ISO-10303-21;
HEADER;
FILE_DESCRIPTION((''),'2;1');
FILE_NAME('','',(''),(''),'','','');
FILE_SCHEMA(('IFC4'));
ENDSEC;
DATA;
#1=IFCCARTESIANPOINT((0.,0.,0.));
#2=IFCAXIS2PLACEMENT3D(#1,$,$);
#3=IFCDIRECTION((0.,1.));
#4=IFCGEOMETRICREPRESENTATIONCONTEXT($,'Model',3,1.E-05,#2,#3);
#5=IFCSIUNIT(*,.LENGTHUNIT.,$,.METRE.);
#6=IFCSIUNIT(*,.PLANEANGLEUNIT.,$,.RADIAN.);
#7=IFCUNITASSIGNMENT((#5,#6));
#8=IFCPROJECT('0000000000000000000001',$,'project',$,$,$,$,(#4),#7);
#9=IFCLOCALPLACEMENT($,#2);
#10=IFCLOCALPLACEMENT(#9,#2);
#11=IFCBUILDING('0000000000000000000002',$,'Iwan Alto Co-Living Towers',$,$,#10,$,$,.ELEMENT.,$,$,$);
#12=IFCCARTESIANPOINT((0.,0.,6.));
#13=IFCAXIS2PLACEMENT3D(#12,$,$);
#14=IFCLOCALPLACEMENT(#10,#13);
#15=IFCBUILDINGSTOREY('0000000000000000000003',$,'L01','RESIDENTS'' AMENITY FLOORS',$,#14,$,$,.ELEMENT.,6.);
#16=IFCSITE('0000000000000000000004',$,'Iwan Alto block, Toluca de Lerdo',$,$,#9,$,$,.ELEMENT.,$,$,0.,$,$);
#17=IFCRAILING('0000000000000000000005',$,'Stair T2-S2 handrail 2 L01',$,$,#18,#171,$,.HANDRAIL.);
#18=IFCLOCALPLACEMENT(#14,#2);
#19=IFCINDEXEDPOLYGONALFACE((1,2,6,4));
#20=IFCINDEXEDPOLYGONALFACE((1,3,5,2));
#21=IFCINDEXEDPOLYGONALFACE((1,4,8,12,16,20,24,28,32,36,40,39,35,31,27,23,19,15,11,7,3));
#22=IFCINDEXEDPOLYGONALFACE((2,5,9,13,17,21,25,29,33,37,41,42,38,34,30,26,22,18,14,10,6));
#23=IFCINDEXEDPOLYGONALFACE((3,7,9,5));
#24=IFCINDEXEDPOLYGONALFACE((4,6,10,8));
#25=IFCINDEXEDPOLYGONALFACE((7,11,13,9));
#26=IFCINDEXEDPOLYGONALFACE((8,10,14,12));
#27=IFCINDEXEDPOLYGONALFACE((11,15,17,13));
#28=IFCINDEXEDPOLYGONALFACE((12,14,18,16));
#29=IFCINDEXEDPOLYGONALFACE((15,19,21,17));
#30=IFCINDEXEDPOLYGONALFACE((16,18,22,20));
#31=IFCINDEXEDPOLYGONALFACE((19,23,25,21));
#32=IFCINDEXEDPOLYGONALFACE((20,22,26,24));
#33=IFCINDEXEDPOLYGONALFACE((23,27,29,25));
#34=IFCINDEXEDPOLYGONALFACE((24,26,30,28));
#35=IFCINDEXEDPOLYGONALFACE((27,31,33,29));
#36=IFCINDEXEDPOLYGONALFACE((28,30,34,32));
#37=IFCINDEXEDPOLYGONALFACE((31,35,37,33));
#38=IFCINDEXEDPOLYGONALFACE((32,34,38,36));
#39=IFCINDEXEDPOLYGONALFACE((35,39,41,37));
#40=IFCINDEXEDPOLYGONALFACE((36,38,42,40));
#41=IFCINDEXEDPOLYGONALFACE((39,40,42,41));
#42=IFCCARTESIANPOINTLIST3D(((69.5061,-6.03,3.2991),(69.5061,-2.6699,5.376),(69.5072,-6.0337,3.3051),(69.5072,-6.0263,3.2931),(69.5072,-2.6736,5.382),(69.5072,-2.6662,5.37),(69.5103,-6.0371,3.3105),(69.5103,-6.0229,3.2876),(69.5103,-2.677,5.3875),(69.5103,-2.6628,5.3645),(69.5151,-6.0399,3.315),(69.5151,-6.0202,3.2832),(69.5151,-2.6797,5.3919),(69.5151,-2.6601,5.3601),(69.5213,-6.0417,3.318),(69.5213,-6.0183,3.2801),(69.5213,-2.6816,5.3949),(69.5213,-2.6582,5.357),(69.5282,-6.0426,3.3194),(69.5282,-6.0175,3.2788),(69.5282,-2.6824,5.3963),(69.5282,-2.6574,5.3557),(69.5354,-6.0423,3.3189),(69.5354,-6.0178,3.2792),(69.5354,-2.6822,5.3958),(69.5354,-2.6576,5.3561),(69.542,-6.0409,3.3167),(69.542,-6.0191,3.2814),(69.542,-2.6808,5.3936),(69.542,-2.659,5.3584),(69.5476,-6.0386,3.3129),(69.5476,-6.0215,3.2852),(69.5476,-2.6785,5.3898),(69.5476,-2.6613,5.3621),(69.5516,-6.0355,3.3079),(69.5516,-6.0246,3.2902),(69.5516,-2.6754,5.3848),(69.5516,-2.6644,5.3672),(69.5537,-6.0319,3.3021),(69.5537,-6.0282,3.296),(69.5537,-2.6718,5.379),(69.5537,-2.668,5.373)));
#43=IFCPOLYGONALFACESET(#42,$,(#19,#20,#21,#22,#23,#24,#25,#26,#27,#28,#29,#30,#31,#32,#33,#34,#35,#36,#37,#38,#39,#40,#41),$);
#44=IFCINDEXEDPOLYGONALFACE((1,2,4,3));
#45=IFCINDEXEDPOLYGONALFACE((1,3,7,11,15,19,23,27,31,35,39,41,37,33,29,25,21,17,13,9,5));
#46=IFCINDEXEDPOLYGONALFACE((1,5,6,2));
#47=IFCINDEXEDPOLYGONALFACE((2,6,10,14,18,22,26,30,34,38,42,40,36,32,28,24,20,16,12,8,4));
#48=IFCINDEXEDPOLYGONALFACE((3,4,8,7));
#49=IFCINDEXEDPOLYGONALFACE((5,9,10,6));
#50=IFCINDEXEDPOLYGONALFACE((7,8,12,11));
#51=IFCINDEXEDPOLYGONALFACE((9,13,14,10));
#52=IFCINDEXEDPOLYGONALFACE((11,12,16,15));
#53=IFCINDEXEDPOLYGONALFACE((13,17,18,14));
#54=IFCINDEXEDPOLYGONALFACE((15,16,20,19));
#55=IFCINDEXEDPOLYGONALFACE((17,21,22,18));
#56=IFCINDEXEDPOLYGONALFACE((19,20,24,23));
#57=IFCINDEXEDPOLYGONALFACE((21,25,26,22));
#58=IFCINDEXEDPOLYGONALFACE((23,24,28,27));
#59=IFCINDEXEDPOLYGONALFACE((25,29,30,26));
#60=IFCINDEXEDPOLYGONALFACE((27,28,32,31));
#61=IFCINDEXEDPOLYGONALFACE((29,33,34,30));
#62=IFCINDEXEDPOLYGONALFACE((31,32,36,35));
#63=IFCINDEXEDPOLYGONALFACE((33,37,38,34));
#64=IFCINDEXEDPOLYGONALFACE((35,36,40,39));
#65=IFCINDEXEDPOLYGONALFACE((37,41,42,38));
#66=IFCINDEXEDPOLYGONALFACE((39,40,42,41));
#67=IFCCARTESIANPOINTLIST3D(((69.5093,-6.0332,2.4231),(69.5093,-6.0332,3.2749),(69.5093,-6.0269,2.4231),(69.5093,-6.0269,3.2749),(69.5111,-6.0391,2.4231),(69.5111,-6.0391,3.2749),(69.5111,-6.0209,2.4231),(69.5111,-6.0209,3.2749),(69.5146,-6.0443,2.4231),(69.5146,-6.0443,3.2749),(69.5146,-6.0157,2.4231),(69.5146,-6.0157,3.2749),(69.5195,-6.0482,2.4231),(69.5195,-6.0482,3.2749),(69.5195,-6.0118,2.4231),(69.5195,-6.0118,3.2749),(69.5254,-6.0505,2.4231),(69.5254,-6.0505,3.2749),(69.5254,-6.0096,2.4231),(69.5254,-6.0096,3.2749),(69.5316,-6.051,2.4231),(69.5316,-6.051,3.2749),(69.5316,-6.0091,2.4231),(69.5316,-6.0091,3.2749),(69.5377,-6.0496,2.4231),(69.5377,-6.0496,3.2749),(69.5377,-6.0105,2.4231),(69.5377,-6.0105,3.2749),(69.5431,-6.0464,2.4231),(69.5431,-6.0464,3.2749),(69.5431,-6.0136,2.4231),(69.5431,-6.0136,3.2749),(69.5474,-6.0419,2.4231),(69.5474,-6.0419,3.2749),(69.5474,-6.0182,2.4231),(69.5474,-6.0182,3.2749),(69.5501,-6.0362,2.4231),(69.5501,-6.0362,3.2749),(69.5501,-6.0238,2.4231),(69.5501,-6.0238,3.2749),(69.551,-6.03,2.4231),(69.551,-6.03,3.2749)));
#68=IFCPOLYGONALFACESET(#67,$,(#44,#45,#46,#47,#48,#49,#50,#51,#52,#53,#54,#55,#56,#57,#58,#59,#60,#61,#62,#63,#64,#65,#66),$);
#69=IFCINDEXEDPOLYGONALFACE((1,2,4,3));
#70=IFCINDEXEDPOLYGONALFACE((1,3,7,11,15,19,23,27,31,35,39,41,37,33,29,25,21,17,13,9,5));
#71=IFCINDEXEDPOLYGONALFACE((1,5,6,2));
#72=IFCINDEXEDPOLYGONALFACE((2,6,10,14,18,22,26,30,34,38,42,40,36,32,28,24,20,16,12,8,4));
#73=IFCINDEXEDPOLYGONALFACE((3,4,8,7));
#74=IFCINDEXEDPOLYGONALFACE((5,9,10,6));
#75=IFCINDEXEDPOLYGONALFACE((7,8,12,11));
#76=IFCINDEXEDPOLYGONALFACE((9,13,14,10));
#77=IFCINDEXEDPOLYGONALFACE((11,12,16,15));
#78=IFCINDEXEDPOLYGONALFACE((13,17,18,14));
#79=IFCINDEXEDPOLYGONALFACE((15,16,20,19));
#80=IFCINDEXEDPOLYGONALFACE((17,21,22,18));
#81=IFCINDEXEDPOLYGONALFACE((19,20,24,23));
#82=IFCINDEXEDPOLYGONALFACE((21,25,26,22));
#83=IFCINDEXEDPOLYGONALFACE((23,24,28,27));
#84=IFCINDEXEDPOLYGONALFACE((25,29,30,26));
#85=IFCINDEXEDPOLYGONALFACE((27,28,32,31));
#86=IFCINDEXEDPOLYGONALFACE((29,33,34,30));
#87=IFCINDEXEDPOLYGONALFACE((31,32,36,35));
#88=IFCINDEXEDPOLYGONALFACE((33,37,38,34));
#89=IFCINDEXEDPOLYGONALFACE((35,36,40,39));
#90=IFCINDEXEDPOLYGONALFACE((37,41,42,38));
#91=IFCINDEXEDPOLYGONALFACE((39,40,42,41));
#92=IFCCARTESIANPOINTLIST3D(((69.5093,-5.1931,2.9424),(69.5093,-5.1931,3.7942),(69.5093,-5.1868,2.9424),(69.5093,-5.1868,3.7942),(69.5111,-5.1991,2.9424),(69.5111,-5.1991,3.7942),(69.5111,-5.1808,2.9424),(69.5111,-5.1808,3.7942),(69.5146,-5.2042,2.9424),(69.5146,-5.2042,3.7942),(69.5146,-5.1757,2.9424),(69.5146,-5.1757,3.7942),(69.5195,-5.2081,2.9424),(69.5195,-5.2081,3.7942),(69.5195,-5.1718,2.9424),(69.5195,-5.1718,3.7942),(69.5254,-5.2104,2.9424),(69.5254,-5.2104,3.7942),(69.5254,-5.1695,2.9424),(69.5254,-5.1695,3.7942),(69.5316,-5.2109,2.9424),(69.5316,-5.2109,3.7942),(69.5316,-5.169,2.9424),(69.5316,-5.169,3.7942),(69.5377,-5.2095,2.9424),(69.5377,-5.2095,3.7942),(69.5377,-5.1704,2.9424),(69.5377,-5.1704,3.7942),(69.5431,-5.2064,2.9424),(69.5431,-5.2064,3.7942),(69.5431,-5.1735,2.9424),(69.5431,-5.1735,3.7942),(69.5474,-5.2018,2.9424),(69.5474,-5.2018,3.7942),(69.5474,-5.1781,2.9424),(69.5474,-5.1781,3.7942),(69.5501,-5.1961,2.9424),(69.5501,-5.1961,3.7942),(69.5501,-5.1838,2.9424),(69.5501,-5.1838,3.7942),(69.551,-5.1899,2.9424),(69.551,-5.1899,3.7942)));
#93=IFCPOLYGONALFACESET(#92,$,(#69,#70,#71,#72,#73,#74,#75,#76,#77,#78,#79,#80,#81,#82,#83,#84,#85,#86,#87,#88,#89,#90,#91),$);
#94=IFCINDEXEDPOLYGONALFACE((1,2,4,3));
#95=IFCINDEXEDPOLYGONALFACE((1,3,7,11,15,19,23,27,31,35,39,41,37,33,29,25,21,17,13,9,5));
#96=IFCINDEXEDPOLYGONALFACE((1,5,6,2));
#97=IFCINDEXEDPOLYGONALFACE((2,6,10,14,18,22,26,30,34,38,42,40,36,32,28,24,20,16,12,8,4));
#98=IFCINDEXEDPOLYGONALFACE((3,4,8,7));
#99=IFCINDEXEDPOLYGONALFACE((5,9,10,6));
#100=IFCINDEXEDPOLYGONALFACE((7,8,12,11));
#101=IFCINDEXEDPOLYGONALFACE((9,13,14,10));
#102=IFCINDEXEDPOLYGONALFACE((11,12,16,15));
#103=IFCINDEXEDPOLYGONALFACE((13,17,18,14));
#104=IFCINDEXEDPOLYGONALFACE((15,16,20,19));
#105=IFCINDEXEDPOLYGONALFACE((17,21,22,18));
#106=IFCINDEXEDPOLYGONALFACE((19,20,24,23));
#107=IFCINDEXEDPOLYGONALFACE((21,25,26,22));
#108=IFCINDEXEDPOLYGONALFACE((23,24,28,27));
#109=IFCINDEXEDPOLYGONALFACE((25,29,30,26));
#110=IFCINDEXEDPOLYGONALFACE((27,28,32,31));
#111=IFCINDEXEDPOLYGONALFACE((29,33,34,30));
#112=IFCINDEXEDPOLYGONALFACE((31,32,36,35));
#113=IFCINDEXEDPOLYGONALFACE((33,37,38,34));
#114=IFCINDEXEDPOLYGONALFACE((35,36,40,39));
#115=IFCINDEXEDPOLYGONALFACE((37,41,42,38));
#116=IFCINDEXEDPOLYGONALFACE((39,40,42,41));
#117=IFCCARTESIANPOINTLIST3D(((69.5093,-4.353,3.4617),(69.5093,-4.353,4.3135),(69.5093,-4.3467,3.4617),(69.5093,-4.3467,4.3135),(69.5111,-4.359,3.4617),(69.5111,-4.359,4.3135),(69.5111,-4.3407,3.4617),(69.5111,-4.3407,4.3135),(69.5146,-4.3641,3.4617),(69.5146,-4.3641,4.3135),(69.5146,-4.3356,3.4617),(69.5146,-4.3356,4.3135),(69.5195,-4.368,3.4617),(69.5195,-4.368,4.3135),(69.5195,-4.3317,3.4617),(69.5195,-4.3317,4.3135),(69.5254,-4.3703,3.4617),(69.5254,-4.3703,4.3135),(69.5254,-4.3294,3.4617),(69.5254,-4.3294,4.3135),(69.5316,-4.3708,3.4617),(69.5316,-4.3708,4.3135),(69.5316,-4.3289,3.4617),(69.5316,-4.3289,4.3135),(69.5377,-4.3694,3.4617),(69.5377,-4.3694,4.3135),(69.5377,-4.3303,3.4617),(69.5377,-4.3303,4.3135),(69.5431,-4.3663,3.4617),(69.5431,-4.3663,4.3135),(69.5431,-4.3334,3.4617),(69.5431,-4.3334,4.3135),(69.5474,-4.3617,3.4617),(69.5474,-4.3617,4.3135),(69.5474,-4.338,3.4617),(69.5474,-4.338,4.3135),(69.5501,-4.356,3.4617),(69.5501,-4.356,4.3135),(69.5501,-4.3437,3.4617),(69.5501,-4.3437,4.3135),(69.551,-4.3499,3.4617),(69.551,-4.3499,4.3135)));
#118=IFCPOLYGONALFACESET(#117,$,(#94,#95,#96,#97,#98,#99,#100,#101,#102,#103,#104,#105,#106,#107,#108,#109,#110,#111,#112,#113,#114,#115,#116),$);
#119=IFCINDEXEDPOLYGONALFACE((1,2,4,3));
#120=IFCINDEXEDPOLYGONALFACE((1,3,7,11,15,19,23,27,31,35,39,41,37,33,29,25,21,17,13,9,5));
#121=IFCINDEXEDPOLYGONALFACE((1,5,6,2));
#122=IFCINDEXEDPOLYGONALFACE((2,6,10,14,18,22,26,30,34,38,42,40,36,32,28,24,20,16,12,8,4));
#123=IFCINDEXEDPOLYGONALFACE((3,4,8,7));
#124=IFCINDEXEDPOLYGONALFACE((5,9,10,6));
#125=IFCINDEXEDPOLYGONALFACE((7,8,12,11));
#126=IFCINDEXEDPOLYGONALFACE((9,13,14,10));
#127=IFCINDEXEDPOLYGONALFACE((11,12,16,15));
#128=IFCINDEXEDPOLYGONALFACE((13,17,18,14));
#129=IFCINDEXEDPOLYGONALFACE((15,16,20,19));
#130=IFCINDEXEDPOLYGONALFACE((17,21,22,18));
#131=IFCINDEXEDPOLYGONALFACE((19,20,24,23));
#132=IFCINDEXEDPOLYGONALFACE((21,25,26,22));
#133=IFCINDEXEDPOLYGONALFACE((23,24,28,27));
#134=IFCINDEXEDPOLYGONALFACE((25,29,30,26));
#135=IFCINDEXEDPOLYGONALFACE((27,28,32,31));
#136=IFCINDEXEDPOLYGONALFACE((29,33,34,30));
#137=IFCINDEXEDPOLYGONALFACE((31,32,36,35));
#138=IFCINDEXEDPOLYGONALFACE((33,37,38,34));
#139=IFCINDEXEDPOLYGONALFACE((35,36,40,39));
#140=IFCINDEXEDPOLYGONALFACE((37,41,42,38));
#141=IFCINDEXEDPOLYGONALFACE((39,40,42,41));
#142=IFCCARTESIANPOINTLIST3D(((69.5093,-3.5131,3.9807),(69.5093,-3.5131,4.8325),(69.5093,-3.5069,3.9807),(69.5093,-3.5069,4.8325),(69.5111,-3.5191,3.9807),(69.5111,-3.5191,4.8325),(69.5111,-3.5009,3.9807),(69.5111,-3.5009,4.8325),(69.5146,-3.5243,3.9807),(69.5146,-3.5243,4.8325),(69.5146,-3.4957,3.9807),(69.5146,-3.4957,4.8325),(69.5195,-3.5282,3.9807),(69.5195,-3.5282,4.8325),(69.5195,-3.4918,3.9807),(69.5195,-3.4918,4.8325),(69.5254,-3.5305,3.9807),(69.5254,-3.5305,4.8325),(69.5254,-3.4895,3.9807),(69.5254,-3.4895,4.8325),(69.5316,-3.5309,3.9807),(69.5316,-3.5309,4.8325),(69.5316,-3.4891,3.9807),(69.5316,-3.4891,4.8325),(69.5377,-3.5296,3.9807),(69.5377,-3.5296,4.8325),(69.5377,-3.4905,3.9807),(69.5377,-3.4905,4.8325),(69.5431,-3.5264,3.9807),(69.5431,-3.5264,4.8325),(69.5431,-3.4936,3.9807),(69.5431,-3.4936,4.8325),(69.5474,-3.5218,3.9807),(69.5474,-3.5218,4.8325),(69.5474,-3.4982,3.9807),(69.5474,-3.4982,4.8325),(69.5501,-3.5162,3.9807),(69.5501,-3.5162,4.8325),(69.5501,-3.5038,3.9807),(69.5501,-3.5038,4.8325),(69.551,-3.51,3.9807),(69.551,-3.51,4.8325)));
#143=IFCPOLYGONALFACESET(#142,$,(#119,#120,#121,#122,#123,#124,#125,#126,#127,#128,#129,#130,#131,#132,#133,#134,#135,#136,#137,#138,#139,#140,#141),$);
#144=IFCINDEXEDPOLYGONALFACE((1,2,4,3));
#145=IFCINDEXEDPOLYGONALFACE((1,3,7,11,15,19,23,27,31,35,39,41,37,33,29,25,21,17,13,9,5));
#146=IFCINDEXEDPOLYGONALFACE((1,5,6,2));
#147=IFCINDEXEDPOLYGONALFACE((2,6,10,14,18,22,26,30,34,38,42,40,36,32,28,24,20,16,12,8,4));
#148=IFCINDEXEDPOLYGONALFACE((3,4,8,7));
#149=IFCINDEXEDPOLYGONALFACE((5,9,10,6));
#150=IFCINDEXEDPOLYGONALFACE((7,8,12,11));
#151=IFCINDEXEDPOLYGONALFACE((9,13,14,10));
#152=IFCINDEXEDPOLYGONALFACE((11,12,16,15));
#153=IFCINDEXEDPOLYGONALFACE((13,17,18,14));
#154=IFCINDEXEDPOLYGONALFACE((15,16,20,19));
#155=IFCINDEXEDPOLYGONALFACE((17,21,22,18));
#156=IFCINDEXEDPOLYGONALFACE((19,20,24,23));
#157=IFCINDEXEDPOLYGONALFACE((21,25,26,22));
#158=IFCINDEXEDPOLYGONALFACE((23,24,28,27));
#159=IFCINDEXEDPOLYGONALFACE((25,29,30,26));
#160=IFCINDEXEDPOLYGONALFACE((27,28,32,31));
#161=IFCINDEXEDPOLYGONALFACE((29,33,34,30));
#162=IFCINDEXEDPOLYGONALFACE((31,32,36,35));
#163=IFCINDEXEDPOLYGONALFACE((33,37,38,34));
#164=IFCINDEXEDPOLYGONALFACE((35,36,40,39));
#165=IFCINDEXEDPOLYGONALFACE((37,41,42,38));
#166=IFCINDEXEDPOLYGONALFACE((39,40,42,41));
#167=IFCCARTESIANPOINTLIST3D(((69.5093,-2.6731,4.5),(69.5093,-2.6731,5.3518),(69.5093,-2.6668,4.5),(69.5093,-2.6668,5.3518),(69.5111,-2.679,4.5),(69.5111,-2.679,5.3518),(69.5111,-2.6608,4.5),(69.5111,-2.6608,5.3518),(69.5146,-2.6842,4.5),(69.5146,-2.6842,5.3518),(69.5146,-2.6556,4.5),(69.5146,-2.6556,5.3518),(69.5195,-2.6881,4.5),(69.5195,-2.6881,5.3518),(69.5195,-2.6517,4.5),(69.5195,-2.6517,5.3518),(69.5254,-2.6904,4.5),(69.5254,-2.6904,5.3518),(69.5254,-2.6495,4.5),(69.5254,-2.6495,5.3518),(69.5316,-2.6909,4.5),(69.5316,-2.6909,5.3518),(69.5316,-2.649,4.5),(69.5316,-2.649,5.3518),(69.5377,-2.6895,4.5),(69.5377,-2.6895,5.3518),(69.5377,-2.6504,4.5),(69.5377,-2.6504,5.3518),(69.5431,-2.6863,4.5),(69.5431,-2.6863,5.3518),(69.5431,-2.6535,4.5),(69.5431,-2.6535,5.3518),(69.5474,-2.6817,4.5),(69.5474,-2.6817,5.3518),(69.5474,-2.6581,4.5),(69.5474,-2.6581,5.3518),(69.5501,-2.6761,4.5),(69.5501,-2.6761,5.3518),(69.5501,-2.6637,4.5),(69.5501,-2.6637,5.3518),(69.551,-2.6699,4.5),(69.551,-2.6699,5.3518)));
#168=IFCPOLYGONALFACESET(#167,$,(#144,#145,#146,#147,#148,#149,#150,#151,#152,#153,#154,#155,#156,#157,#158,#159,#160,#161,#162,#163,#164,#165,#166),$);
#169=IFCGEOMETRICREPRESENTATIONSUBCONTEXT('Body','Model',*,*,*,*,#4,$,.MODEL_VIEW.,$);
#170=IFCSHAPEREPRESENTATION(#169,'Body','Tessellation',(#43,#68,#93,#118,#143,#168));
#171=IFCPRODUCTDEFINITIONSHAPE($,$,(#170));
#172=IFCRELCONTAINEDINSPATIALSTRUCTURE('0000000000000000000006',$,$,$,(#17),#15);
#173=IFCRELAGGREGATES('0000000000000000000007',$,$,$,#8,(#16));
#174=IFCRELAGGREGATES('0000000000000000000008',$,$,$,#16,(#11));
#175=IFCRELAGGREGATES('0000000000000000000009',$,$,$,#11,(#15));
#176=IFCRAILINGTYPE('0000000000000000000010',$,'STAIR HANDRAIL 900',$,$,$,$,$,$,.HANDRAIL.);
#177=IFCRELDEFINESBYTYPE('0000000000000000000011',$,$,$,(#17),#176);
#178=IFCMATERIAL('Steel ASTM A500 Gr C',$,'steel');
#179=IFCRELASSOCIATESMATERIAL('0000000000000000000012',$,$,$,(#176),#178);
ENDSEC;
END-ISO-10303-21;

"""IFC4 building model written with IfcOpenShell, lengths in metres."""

from ifc_helpers import new_model, si_unit, direction, frame, origin, origin_2d, place, context, subcontext, project, spatial, circle, extrude, material, type_object, element, save


model = new_model("IFC4")

# Units and contexts
model_context = context("Model", 3, precision=1e-05, world=origin(), true_north=direction((0.0, 1.0)))
body_context = subcontext(model_context, "Body", "Model", "MODEL_VIEW")
ifc_project = project(units=[si_unit("LENGTHUNIT", "METRE"), si_unit("PLANEANGLEUNIT", "RADIAN")], contexts=[model_context])

# Site, building, storey
site_placement = place(None, origin())
site = spatial("IfcSite", under=ifc_project, at=site_placement, Name="Iwan Alto block, Toluca de Lerdo", CompositionType="ELEMENT", RefElevation=0.0)
building_placement = place(site_placement, origin())
building = spatial("IfcBuilding", under=site, at=building_placement, Name="Iwan Alto Co-Living Towers", CompositionType="ELEMENT")
storey_placement = place(building_placement, frame((0.0, 0.0, 6.0)))
storey = spatial("IfcBuildingStorey", under=building, at=storey_placement, Name="L01", Description="RESIDENTS' AMENITY FLOORS", CompositionType="ELEMENT", Elevation=6.0)

# Railing
ifc_material_1 = material(Name="Steel ASTM A500 Gr C", Category="steel")
railing_type_1 = type_object("IfcRailingType", Name="STAIR HANDRAIL 900", PredefinedType="HANDRAIL", material=ifc_material_1)
railing_1_placement = place(storey_placement, frame((69.53, -6.03, 2.4231)))
element("IfcRailing", 1, at=railing_1_placement, inside=storey, type_object=railing_type_1, Name="Stair T2-S2 handrail 2 L01", PredefinedType="HANDRAIL", context=body_context, shape_type="SweptSolid", body=[
    extrude(circle(Radius=0.0239, at=origin_2d()), frame((0.0, 0.0, 0.876), z_axis=(0.0, 0.850623, 0.525776), x_axis=(-1.0, 0.0, 0.0)), (0.0, 0.0, 1.0), 3.9502),
    extrude(circle(Radius=0.021, at=origin_2d()), origin(), (0.0, 0.0, 1.0), 0.8518),
    extrude(circle(Radius=0.021, at=origin_2d()), frame((0.0, 0.8401, 0.5193)), (0.0, 0.0, 1.0), 0.8518),
    extrude(circle(Radius=0.021, at=origin_2d()), frame((0.0, 1.6802, 1.0386)), (0.0, 0.0, 1.0), 0.8518),
    extrude(circle(Radius=0.021, at=origin_2d()), frame((0.0, 2.52, 1.5576)), (0.0, 0.0, 1.0), 0.8518),
    extrude(circle(Radius=0.021, at=origin_2d()), frame((0.0, 3.3601, 2.0769)), (0.0, 0.0, 1.0), 0.8518),
])

save(model, "model.ifc")
